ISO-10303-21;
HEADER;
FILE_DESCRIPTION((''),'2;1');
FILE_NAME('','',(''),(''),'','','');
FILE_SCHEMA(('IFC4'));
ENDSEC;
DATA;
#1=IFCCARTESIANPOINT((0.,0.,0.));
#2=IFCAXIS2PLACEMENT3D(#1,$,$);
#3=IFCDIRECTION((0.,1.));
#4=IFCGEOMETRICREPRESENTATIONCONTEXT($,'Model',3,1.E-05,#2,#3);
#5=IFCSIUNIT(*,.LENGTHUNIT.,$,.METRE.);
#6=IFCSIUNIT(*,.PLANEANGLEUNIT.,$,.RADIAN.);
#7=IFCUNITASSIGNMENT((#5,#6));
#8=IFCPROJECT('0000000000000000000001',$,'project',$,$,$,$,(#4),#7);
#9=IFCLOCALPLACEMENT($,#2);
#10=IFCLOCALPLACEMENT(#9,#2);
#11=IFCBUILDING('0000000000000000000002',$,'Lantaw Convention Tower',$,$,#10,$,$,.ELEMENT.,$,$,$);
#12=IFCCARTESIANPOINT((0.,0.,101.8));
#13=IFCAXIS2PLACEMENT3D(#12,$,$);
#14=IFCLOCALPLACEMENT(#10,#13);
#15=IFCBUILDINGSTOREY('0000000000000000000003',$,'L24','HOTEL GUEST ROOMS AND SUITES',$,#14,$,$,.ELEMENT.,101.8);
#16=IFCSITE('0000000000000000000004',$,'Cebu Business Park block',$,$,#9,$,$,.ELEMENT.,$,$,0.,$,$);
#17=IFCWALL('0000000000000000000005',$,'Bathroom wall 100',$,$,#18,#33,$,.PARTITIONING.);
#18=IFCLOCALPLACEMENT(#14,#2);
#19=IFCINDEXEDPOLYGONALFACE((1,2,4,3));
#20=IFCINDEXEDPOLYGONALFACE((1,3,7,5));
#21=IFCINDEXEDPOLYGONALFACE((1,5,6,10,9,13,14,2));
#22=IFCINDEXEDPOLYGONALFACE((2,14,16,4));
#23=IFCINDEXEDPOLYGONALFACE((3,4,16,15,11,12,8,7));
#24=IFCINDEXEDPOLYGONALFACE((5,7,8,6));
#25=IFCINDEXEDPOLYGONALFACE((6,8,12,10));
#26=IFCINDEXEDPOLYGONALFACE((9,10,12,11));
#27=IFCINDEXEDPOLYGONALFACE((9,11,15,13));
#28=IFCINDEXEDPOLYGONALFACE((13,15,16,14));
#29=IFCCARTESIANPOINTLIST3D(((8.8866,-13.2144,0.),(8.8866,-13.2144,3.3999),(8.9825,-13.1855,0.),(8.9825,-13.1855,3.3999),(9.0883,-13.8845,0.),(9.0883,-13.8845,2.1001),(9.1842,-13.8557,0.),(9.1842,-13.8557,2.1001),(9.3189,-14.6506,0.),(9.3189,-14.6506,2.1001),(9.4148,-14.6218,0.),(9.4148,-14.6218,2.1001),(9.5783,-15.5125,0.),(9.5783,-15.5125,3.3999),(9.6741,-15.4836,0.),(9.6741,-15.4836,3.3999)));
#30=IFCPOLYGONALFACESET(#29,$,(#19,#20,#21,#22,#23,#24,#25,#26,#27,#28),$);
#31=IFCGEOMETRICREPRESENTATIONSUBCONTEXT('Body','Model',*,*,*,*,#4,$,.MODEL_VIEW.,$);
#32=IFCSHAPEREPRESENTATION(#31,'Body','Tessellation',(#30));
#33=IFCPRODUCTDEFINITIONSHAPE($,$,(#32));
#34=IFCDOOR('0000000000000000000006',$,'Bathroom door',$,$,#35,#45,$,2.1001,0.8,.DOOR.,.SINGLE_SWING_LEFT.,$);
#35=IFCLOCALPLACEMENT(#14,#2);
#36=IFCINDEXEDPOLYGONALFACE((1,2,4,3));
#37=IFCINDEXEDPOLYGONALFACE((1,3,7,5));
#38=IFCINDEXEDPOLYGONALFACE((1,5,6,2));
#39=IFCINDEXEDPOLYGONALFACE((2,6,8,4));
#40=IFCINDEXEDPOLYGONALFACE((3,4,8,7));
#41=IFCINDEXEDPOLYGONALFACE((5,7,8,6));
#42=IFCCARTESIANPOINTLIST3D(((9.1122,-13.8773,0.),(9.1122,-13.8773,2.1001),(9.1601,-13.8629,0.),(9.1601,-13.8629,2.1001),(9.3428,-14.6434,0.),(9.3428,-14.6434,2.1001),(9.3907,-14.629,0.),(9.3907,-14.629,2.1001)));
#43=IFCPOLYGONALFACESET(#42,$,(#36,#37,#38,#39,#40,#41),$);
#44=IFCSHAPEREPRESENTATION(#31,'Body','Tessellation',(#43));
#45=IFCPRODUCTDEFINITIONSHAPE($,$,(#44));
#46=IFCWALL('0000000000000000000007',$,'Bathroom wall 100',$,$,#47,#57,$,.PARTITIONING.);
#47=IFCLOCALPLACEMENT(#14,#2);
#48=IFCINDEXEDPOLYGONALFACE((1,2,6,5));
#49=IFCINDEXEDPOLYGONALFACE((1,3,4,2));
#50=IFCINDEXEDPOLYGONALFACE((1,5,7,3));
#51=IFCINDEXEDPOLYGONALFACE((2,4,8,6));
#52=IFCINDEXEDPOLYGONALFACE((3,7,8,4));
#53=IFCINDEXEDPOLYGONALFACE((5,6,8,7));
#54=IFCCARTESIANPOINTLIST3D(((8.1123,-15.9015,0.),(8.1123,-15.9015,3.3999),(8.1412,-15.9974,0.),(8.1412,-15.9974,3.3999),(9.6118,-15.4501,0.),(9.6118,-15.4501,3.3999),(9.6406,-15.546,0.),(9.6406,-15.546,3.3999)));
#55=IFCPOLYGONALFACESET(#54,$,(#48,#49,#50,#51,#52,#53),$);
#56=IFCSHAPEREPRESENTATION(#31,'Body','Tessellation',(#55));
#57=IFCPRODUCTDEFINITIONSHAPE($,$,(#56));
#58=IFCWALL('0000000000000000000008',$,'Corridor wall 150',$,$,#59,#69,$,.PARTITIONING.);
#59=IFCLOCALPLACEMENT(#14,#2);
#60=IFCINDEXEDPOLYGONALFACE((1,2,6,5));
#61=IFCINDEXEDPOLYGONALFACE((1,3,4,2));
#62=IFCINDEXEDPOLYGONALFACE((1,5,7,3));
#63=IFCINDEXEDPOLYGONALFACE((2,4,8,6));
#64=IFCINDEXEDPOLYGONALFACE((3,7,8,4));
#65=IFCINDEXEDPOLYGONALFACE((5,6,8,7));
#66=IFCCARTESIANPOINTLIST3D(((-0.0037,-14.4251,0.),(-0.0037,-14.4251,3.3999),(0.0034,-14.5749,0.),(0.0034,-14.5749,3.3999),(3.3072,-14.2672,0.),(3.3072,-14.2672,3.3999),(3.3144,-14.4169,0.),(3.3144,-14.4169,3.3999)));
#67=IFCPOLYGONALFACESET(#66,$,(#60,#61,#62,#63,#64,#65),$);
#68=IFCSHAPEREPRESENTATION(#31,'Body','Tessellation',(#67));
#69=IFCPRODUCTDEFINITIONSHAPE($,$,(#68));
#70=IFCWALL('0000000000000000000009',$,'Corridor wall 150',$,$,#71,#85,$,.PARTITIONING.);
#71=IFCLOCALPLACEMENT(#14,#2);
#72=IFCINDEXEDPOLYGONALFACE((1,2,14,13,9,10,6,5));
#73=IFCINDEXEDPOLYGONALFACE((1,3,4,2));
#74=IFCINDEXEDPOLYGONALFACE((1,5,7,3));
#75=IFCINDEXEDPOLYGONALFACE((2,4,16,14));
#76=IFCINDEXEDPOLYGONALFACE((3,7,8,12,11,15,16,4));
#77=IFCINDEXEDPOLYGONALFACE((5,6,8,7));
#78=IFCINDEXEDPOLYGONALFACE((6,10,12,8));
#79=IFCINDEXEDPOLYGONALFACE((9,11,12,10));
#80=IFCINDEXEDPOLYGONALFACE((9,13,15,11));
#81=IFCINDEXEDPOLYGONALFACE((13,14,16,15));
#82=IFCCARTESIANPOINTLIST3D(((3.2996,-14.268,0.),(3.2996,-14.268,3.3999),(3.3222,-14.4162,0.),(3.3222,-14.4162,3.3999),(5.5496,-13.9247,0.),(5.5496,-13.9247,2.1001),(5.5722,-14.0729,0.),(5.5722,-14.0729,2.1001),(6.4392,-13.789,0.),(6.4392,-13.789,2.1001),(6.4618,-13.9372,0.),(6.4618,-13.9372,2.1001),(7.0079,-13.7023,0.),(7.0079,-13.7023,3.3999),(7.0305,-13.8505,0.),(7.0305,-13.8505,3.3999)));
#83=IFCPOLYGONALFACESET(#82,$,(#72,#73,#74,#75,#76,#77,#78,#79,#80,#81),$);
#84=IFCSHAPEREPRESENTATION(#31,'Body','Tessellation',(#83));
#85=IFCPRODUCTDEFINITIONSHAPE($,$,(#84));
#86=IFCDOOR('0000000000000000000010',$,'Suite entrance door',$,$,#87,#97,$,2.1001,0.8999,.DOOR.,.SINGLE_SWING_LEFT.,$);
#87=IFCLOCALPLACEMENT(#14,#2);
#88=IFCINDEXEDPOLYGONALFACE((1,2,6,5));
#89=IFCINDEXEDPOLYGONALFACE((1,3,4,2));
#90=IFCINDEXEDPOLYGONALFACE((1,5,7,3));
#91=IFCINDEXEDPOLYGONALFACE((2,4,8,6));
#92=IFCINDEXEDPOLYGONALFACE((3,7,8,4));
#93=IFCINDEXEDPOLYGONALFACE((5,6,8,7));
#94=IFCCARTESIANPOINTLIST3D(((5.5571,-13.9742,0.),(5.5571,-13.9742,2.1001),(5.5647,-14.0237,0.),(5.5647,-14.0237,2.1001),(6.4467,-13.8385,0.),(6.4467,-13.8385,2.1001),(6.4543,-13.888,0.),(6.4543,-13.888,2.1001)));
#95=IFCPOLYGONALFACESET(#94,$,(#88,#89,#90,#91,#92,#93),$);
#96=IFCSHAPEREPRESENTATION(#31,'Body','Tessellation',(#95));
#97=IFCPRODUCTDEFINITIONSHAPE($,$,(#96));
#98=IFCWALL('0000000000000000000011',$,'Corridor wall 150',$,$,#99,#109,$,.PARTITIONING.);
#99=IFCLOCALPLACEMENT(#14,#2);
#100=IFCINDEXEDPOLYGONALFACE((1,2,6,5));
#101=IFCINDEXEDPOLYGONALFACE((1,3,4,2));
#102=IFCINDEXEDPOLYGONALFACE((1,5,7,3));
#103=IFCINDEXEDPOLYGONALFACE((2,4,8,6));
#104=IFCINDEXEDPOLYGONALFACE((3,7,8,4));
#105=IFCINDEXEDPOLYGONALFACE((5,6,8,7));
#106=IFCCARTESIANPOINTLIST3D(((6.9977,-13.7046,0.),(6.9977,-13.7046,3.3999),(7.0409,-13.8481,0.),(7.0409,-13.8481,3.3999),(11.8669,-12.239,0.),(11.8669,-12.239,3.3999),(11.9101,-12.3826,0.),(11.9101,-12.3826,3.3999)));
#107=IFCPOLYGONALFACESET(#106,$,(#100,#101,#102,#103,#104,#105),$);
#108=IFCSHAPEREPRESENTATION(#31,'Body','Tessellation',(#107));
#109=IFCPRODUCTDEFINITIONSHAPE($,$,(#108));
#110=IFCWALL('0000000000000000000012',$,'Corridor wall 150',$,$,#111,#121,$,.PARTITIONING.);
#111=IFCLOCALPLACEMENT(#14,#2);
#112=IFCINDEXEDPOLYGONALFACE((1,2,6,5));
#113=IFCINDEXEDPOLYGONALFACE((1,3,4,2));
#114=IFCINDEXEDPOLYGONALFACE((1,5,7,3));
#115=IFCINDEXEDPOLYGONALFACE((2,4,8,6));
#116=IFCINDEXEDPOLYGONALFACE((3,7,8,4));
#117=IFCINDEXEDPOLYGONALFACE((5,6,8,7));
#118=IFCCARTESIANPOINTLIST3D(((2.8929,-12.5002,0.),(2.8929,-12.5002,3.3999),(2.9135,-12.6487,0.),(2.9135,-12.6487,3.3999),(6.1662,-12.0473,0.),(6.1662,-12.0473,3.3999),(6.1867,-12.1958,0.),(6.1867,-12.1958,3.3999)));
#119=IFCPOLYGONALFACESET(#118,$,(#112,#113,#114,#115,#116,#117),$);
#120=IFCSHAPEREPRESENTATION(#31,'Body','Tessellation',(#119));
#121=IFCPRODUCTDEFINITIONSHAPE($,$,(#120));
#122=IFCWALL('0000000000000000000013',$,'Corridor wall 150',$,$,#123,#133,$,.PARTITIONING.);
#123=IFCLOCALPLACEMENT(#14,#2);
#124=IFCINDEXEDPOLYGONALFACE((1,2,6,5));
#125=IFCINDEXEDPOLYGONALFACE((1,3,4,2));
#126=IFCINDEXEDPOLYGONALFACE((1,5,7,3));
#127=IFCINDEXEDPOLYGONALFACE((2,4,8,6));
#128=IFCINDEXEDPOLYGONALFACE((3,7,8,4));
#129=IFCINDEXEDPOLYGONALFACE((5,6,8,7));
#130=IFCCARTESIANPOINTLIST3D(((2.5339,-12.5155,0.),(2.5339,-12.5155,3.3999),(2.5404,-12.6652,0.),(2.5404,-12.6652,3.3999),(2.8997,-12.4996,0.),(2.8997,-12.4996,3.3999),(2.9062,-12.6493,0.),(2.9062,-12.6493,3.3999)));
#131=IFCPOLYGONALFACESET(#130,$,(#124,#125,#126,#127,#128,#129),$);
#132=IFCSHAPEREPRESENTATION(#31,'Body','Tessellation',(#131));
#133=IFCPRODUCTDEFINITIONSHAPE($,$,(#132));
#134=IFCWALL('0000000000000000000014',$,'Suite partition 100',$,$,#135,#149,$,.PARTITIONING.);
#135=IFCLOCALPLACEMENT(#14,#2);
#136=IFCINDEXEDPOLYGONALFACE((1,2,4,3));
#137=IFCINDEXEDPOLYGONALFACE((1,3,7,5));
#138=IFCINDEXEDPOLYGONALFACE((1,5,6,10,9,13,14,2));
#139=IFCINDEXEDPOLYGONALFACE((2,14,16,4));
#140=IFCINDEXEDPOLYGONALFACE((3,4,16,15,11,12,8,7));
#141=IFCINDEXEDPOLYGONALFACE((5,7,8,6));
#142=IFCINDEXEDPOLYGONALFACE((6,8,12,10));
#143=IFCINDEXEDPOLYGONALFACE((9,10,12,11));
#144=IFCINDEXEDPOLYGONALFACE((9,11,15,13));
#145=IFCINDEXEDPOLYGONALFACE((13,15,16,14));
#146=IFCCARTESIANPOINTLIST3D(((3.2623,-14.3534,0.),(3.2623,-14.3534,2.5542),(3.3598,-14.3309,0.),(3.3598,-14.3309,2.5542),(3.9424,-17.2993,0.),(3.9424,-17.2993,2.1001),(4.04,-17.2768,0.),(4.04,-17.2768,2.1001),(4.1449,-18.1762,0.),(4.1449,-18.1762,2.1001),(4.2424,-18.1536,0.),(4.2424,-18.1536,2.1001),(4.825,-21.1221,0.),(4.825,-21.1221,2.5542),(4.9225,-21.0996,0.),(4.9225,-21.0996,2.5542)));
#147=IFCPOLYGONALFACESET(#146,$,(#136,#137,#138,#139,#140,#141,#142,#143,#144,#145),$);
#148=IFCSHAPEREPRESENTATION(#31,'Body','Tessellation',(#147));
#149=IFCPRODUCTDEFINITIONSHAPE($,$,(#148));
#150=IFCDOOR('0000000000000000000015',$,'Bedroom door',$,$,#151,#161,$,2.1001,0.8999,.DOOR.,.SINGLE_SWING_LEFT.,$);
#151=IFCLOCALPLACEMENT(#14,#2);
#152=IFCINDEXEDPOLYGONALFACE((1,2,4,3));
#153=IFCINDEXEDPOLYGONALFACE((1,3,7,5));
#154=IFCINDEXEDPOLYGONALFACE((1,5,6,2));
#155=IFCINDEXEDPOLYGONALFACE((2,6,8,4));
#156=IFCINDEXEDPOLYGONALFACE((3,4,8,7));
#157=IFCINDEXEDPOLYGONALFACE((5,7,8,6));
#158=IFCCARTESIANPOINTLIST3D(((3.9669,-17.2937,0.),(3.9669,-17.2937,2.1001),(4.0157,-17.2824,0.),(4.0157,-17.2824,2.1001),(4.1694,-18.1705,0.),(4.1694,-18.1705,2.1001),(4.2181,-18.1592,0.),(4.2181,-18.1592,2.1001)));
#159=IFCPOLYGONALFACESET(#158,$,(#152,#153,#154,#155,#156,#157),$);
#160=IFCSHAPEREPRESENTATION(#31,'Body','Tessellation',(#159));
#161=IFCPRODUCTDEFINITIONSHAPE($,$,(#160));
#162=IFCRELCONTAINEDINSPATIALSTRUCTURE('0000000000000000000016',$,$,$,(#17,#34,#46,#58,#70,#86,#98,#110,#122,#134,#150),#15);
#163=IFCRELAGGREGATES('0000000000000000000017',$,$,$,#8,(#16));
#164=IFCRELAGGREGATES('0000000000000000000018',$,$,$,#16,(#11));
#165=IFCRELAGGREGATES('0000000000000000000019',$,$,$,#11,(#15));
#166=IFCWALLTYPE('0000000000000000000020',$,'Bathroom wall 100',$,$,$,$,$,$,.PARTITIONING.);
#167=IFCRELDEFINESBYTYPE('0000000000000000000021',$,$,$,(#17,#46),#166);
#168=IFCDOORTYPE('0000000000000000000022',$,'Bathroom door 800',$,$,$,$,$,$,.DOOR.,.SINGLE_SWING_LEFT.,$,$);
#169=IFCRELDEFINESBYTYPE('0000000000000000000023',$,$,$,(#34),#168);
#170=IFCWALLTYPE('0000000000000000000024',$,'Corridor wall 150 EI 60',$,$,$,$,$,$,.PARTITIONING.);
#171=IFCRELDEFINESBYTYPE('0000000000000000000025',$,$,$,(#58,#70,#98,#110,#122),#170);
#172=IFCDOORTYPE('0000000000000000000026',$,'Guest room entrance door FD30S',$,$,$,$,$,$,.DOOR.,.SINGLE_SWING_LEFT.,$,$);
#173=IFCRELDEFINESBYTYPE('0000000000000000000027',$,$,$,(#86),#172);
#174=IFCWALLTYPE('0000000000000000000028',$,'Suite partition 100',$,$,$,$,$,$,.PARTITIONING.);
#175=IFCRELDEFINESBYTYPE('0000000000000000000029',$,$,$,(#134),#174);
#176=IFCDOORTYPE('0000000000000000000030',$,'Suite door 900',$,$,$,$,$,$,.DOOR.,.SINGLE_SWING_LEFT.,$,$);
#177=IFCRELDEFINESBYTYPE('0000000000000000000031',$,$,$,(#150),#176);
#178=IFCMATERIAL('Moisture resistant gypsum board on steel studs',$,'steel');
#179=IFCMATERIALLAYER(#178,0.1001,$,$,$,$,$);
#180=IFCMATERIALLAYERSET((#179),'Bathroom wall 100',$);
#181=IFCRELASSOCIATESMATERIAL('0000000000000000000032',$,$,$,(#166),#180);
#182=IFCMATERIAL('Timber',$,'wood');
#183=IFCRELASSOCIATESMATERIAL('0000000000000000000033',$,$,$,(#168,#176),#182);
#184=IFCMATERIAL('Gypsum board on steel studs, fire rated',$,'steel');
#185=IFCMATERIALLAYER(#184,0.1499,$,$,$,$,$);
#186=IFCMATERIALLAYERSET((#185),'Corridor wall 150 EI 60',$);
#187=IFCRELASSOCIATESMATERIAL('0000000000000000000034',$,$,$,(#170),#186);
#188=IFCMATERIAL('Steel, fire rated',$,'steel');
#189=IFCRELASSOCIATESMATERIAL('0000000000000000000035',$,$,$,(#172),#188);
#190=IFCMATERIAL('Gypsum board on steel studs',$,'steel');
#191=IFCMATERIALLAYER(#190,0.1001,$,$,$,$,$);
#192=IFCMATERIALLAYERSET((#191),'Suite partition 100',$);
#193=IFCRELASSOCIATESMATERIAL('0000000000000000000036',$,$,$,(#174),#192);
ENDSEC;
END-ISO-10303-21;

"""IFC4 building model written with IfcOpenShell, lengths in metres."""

from ifc_helpers import new_model, si_unit, direction, frame, frame_2d, origin, place, context, subcontext, project, spatial, rectangle, extrude, material, layer, layer_set, type_object, element, fill, save


model = new_model("IFC4")

# Units and contexts
model_context = context("Model", 3, precision=1e-05, world=origin(), true_north=direction((0.0, 1.0)))
body_context = subcontext(model_context, "Body", "Model", "MODEL_VIEW")
ifc_project = project(units=[si_unit("LENGTHUNIT", "METRE"), si_unit("PLANEANGLEUNIT", "RADIAN")], contexts=[model_context])

# Site, building, storey
site_placement = place(None, origin())
site = spatial("IfcSite", under=ifc_project, at=site_placement, Name="Cebu Business Park block", CompositionType="ELEMENT", RefElevation=0.0)
building_placement = place(site_placement, origin())
building = spatial("IfcBuilding", under=site, at=building_placement, Name="Lantaw Convention Tower", CompositionType="ELEMENT")
storey_placement = place(building_placement, frame((0.0, 0.0, 101.8)))
storey = spatial("IfcBuildingStorey", under=building, at=storey_placement, Name="L24", Description="HOTEL GUEST ROOMS AND SUITES", CompositionType="ELEMENT", Elevation=101.8)

# Shared definitions
ifc_material_1 = material(Name="Moisture resistant gypsum board on steel studs", Category="steel")
ifc_layer_1 = layer(ifc_material_1, 0.1001)
ifc_layer_set_1 = layer_set([ifc_layer_1], Name="Bathroom wall 100")
wall_type_1 = type_object("IfcWallType", Name="Bathroom wall 100", PredefinedType="PARTITIONING", material=ifc_layer_set_1)
ifc_material_2 = material(Name="Timber", Category="wood")
door_type_1 = type_object("IfcDoorType", Name="Bathroom door 800", OperationType="SINGLE_SWING_LEFT", PredefinedType="DOOR", material=ifc_material_2)

# Wall, opening, door
wall_1_placement = place(storey_placement, frame((8.9346, -13.2, 0.0), z_axis=(0.0, 0.0, 1.0), x_axis=(0.288197, -0.957571, 0.0)))
wall_1 = element("IfcWall", 1, at=wall_1_placement, inside=storey, type_object=wall_type_1, Name="Bathroom wall 100", PredefinedType="PARTITIONING", context=body_context, shape_type="SweptSolid", body=[
    extrude(rectangle(XDim=2.3999, YDim=0.1001, at=frame_2d((1.2, 0.0))), origin(), (0.0, 0.0, 1.0), 3.3999),
])
opening_1_placement = place(wall_1_placement, frame((0.7, 0.0, 0.0)))
opening_1 = element("IfcOpeningElement", 2, at=opening_1_placement, cuts=wall_1, PredefinedType="OPENING", context=body_context, shape_type="SweptSolid", body=[
    extrude(rectangle(XDim=0.8, YDim=2.1001, at=frame_2d((0.3999, 1.05))), frame((0.0, 0.0601, 0.0), z_axis=(0.0, -1.0, 0.0), x_axis=(1.0, 0.0, 0.0)), (0.0, 0.0, 1.0), 0.1201),
])
door_1_placement = place(opening_1_placement, origin())
door_1 = element("IfcDoor", 3, at=door_1_placement, inside=storey, type_object=door_type_1, Name="Bathroom door", OperationType="SINGLE_SWING_LEFT", OverallHeight=2.1001, OverallWidth=0.8, PredefinedType="DOOR", context=body_context, shape_type="SweptSolid", body=[
    extrude(rectangle(XDim=0.8, YDim=2.1001, at=frame_2d((0.3999, 1.05))), frame((0.0, 0.0249, 0.0), z_axis=(0.0, -1.0, 0.0), x_axis=(1.0, 0.0, 0.0)), (0.0, 0.0, 1.0), 0.05),
])
fill(opening_1, door_1)

# Walls
wall_2_placement = place(storey_placement, frame((9.6262, -15.498, 0.0), z_axis=(0.0, 0.0, 1.0), x_axis=(-0.957551, -0.288263, 0.0)))
element("IfcWall", 4, at=wall_2_placement, inside=storey, type_object=wall_type_1, Name="Bathroom wall 100", PredefinedType="PARTITIONING", context=body_context, shape_type="SweptSolid", body=[
    extrude(rectangle(XDim=1.5659, YDim=0.1001, at=frame_2d((0.783, 0.0))), origin(), (0.0, 0.0, 1.0), 3.3999),
])
ifc_material_3 = material(Name="Gypsum board on steel studs, fire rated", Category="steel")
ifc_layer_2 = layer(ifc_material_3, 0.1499)
ifc_layer_set_2 = layer_set([ifc_layer_2], Name="Corridor wall 150 EI 60")
wall_type_2 = type_object("IfcWallType", Name="Corridor wall 150 EI 60", PredefinedType="PARTITIONING", material=ifc_layer_set_2)
wall_3_placement = place(storey_placement, frame((0.0, -14.5, 0.0), z_axis=(0.0, 0.0, 1.0), x_axis=(0.998864, 0.047653, 0.0)))
element("IfcWall", 5, at=wall_3_placement, inside=storey, type_object=wall_type_2, Name="Corridor wall 150", PredefinedType="PARTITIONING", context=body_context, shape_type="SweptSolid", body=[
    extrude(rectangle(XDim=3.3147, YDim=0.1499, at=frame_2d((1.6572, 0.0))), origin(), (0.0, 0.0, 1.0), 3.3999),
])

# Wall, opening, door
wall_4_placement = place(storey_placement, frame((3.311, -14.342, 0.0), z_axis=(0.0, 0.0, 1.0), x_axis=(0.988564, 0.1508, 0.0)))
wall_4 = element("IfcWall", 6, at=wall_4_placement, inside=storey, type_object=wall_type_2, Name="Corridor wall 150", PredefinedType="PARTITIONING", context=body_context, shape_type="SweptSolid", body=[
    extrude(rectangle(XDim=3.7512, YDim=0.1499, at=frame_2d((1.8755, 0.0))), origin(), (0.0, 0.0, 1.0), 3.3999),
])
opening_2_placement = place(wall_4_placement, frame((2.2759, 0.0, 0.0)))
opening_2 = element("IfcOpeningElement", 7, at=opening_2_placement, cuts=wall_4, PredefinedType="OPENING", context=body_context, shape_type="SweptSolid", body=[
    extrude(rectangle(XDim=0.8999, YDim=2.1001, at=frame_2d((0.45, 1.05))), frame((0.0, 0.085, 0.0), z_axis=(0.0, -1.0, 0.0), x_axis=(1.0, 0.0, 0.0)), (0.0, 0.0, 1.0), 0.1699),
])
ifc_material_4 = material(Name="Steel, fire rated", Category="steel")
door_type_2 = type_object("IfcDoorType", Name="Guest room entrance door FD30S", OperationType="SINGLE_SWING_LEFT", PredefinedType="DOOR", material=ifc_material_4)
door_2_placement = place(opening_2_placement, origin())
door_2 = element("IfcDoor", 8, at=door_2_placement, inside=storey, type_object=door_type_2, Name="Suite entrance door", OperationType="SINGLE_SWING_LEFT", OverallHeight=2.1001, OverallWidth=0.8999, PredefinedType="DOOR", context=body_context, shape_type="SweptSolid", body=[
    extrude(rectangle(XDim=0.8999, YDim=2.1001, at=frame_2d((0.45, 1.05))), frame((0.0, 0.0249, 0.0), z_axis=(0.0, -1.0, 0.0), x_axis=(1.0, 0.0, 0.0)), (0.0, 0.0, 1.0), 0.05),
])
fill(opening_2, door_2)

# Walls
wall_5_placement = place(storey_placement, frame((7.0193, -13.7764, 0.0), z_axis=(0.0, 0.0, 1.0), x_axis=(0.957564, 0.28822, 0.0)))
element("IfcWall", 9, at=wall_5_placement, inside=storey, type_object=wall_type_2, Name="Corridor wall 150", PredefinedType="PARTITIONING", context=body_context, shape_type="SweptSolid", body=[
    extrude(rectangle(XDim=5.085, YDim=0.1499, at=frame_2d((2.5425, 0.0))), origin(), (0.0, 0.0, 1.0), 3.3999),
])
wall_6_placement = place(storey_placement, frame((2.9031, -12.5745, 0.0), z_axis=(0.0, 0.0, 1.0), x_axis=(0.990563, 0.137055, 0.0)))
element("IfcWall", 10, at=wall_6_placement, inside=storey, type_object=wall_type_2, Name="Corridor wall 150", PredefinedType="PARTITIONING", context=body_context, shape_type="SweptSolid", body=[
    extrude(rectangle(XDim=3.3044, YDim=0.1499, at=frame_2d((1.6523, 0.0))), origin(), (0.0, 0.0, 1.0), 3.3999),
])
wall_7_placement = place(storey_placement, frame((2.5371, -12.5903, 0.0), z_axis=(0.0, 0.0, 1.0), x_axis=(0.999061, 0.043322, 0.0)))
element("IfcWall", 11, at=wall_7_placement, inside=storey, type_object=wall_type_2, Name="Corridor wall 150", PredefinedType="PARTITIONING", context=body_context, shape_type="SweptSolid", body=[
    extrude(rectangle(XDim=0.3662, YDim=0.1499, at=frame_2d((0.1831, 0.0))), origin(), (0.0, 0.0, 1.0), 3.3999),
])

# Wall, opening, door
ifc_material_5 = material(Name="Gypsum board on steel studs", Category="steel")
ifc_layer_3 = layer(ifc_material_5, 0.1001)
ifc_layer_set_3 = layer_set([ifc_layer_3], Name="Suite partition 100")
wall_type_3 = type_object("IfcWallType", Name="Suite partition 100", PredefinedType="PARTITIONING", material=ifc_layer_set_3)
wall_8_placement = place(storey_placement, frame((4.8738, -21.1108, 0.0), z_axis=(0.0, 0.0, 1.0), x_axis=(-0.224957, 0.974369, 0.0)))
wall_8 = element("IfcWall", 12, at=wall_8_placement, inside=storey, type_object=wall_type_3, Name="Suite partition 100", PredefinedType="PARTITIONING", context=body_context, shape_type="SweptSolid", body=[
    extrude(rectangle(XDim=6.9468, YDim=0.1001, at=frame_2d((3.4734, 0.0))), origin(), (0.0, 0.0, 1.0), 2.5542),
])
opening_3_placement = place(wall_8_placement, frame((3.0234, 0.0, 0.0)))
opening_3 = element("IfcOpeningElement", 13, at=opening_3_placement, cuts=wall_8, PredefinedType="OPENING", context=body_context, shape_type="SweptSolid", body=[
    extrude(rectangle(XDim=0.8999, YDim=2.1001, at=frame_2d((0.45, 1.05))), frame((0.0, 0.0601, 0.0), z_axis=(0.0, -1.0, 0.0), x_axis=(1.0, 0.0, 0.0)), (0.0, 0.0, 1.0), 0.1201),
])
door_type_3 = type_object("IfcDoorType", Name="Suite door 900", OperationType="SINGLE_SWING_LEFT", PredefinedType="DOOR", material=ifc_material_2)
door_3_placement = place(opening_3_placement, origin())
door_3 = element("IfcDoor", 14, at=door_3_placement, inside=storey, type_object=door_type_3, Name="Bedroom door", OperationType="SINGLE_SWING_LEFT", OverallHeight=2.1001, OverallWidth=0.8999, PredefinedType="DOOR", context=body_context, shape_type="SweptSolid", body=[
    extrude(rectangle(XDim=0.8999, YDim=2.1001, at=frame_2d((0.45, 1.05))), frame((0.0, 0.0249, 0.0), z_axis=(0.0, -1.0, 0.0), x_axis=(1.0, 0.0, 0.0)), (0.0, 0.0, 1.0), 0.05),
])
fill(opening_3, door_3)

save(model, "model.ifc")
